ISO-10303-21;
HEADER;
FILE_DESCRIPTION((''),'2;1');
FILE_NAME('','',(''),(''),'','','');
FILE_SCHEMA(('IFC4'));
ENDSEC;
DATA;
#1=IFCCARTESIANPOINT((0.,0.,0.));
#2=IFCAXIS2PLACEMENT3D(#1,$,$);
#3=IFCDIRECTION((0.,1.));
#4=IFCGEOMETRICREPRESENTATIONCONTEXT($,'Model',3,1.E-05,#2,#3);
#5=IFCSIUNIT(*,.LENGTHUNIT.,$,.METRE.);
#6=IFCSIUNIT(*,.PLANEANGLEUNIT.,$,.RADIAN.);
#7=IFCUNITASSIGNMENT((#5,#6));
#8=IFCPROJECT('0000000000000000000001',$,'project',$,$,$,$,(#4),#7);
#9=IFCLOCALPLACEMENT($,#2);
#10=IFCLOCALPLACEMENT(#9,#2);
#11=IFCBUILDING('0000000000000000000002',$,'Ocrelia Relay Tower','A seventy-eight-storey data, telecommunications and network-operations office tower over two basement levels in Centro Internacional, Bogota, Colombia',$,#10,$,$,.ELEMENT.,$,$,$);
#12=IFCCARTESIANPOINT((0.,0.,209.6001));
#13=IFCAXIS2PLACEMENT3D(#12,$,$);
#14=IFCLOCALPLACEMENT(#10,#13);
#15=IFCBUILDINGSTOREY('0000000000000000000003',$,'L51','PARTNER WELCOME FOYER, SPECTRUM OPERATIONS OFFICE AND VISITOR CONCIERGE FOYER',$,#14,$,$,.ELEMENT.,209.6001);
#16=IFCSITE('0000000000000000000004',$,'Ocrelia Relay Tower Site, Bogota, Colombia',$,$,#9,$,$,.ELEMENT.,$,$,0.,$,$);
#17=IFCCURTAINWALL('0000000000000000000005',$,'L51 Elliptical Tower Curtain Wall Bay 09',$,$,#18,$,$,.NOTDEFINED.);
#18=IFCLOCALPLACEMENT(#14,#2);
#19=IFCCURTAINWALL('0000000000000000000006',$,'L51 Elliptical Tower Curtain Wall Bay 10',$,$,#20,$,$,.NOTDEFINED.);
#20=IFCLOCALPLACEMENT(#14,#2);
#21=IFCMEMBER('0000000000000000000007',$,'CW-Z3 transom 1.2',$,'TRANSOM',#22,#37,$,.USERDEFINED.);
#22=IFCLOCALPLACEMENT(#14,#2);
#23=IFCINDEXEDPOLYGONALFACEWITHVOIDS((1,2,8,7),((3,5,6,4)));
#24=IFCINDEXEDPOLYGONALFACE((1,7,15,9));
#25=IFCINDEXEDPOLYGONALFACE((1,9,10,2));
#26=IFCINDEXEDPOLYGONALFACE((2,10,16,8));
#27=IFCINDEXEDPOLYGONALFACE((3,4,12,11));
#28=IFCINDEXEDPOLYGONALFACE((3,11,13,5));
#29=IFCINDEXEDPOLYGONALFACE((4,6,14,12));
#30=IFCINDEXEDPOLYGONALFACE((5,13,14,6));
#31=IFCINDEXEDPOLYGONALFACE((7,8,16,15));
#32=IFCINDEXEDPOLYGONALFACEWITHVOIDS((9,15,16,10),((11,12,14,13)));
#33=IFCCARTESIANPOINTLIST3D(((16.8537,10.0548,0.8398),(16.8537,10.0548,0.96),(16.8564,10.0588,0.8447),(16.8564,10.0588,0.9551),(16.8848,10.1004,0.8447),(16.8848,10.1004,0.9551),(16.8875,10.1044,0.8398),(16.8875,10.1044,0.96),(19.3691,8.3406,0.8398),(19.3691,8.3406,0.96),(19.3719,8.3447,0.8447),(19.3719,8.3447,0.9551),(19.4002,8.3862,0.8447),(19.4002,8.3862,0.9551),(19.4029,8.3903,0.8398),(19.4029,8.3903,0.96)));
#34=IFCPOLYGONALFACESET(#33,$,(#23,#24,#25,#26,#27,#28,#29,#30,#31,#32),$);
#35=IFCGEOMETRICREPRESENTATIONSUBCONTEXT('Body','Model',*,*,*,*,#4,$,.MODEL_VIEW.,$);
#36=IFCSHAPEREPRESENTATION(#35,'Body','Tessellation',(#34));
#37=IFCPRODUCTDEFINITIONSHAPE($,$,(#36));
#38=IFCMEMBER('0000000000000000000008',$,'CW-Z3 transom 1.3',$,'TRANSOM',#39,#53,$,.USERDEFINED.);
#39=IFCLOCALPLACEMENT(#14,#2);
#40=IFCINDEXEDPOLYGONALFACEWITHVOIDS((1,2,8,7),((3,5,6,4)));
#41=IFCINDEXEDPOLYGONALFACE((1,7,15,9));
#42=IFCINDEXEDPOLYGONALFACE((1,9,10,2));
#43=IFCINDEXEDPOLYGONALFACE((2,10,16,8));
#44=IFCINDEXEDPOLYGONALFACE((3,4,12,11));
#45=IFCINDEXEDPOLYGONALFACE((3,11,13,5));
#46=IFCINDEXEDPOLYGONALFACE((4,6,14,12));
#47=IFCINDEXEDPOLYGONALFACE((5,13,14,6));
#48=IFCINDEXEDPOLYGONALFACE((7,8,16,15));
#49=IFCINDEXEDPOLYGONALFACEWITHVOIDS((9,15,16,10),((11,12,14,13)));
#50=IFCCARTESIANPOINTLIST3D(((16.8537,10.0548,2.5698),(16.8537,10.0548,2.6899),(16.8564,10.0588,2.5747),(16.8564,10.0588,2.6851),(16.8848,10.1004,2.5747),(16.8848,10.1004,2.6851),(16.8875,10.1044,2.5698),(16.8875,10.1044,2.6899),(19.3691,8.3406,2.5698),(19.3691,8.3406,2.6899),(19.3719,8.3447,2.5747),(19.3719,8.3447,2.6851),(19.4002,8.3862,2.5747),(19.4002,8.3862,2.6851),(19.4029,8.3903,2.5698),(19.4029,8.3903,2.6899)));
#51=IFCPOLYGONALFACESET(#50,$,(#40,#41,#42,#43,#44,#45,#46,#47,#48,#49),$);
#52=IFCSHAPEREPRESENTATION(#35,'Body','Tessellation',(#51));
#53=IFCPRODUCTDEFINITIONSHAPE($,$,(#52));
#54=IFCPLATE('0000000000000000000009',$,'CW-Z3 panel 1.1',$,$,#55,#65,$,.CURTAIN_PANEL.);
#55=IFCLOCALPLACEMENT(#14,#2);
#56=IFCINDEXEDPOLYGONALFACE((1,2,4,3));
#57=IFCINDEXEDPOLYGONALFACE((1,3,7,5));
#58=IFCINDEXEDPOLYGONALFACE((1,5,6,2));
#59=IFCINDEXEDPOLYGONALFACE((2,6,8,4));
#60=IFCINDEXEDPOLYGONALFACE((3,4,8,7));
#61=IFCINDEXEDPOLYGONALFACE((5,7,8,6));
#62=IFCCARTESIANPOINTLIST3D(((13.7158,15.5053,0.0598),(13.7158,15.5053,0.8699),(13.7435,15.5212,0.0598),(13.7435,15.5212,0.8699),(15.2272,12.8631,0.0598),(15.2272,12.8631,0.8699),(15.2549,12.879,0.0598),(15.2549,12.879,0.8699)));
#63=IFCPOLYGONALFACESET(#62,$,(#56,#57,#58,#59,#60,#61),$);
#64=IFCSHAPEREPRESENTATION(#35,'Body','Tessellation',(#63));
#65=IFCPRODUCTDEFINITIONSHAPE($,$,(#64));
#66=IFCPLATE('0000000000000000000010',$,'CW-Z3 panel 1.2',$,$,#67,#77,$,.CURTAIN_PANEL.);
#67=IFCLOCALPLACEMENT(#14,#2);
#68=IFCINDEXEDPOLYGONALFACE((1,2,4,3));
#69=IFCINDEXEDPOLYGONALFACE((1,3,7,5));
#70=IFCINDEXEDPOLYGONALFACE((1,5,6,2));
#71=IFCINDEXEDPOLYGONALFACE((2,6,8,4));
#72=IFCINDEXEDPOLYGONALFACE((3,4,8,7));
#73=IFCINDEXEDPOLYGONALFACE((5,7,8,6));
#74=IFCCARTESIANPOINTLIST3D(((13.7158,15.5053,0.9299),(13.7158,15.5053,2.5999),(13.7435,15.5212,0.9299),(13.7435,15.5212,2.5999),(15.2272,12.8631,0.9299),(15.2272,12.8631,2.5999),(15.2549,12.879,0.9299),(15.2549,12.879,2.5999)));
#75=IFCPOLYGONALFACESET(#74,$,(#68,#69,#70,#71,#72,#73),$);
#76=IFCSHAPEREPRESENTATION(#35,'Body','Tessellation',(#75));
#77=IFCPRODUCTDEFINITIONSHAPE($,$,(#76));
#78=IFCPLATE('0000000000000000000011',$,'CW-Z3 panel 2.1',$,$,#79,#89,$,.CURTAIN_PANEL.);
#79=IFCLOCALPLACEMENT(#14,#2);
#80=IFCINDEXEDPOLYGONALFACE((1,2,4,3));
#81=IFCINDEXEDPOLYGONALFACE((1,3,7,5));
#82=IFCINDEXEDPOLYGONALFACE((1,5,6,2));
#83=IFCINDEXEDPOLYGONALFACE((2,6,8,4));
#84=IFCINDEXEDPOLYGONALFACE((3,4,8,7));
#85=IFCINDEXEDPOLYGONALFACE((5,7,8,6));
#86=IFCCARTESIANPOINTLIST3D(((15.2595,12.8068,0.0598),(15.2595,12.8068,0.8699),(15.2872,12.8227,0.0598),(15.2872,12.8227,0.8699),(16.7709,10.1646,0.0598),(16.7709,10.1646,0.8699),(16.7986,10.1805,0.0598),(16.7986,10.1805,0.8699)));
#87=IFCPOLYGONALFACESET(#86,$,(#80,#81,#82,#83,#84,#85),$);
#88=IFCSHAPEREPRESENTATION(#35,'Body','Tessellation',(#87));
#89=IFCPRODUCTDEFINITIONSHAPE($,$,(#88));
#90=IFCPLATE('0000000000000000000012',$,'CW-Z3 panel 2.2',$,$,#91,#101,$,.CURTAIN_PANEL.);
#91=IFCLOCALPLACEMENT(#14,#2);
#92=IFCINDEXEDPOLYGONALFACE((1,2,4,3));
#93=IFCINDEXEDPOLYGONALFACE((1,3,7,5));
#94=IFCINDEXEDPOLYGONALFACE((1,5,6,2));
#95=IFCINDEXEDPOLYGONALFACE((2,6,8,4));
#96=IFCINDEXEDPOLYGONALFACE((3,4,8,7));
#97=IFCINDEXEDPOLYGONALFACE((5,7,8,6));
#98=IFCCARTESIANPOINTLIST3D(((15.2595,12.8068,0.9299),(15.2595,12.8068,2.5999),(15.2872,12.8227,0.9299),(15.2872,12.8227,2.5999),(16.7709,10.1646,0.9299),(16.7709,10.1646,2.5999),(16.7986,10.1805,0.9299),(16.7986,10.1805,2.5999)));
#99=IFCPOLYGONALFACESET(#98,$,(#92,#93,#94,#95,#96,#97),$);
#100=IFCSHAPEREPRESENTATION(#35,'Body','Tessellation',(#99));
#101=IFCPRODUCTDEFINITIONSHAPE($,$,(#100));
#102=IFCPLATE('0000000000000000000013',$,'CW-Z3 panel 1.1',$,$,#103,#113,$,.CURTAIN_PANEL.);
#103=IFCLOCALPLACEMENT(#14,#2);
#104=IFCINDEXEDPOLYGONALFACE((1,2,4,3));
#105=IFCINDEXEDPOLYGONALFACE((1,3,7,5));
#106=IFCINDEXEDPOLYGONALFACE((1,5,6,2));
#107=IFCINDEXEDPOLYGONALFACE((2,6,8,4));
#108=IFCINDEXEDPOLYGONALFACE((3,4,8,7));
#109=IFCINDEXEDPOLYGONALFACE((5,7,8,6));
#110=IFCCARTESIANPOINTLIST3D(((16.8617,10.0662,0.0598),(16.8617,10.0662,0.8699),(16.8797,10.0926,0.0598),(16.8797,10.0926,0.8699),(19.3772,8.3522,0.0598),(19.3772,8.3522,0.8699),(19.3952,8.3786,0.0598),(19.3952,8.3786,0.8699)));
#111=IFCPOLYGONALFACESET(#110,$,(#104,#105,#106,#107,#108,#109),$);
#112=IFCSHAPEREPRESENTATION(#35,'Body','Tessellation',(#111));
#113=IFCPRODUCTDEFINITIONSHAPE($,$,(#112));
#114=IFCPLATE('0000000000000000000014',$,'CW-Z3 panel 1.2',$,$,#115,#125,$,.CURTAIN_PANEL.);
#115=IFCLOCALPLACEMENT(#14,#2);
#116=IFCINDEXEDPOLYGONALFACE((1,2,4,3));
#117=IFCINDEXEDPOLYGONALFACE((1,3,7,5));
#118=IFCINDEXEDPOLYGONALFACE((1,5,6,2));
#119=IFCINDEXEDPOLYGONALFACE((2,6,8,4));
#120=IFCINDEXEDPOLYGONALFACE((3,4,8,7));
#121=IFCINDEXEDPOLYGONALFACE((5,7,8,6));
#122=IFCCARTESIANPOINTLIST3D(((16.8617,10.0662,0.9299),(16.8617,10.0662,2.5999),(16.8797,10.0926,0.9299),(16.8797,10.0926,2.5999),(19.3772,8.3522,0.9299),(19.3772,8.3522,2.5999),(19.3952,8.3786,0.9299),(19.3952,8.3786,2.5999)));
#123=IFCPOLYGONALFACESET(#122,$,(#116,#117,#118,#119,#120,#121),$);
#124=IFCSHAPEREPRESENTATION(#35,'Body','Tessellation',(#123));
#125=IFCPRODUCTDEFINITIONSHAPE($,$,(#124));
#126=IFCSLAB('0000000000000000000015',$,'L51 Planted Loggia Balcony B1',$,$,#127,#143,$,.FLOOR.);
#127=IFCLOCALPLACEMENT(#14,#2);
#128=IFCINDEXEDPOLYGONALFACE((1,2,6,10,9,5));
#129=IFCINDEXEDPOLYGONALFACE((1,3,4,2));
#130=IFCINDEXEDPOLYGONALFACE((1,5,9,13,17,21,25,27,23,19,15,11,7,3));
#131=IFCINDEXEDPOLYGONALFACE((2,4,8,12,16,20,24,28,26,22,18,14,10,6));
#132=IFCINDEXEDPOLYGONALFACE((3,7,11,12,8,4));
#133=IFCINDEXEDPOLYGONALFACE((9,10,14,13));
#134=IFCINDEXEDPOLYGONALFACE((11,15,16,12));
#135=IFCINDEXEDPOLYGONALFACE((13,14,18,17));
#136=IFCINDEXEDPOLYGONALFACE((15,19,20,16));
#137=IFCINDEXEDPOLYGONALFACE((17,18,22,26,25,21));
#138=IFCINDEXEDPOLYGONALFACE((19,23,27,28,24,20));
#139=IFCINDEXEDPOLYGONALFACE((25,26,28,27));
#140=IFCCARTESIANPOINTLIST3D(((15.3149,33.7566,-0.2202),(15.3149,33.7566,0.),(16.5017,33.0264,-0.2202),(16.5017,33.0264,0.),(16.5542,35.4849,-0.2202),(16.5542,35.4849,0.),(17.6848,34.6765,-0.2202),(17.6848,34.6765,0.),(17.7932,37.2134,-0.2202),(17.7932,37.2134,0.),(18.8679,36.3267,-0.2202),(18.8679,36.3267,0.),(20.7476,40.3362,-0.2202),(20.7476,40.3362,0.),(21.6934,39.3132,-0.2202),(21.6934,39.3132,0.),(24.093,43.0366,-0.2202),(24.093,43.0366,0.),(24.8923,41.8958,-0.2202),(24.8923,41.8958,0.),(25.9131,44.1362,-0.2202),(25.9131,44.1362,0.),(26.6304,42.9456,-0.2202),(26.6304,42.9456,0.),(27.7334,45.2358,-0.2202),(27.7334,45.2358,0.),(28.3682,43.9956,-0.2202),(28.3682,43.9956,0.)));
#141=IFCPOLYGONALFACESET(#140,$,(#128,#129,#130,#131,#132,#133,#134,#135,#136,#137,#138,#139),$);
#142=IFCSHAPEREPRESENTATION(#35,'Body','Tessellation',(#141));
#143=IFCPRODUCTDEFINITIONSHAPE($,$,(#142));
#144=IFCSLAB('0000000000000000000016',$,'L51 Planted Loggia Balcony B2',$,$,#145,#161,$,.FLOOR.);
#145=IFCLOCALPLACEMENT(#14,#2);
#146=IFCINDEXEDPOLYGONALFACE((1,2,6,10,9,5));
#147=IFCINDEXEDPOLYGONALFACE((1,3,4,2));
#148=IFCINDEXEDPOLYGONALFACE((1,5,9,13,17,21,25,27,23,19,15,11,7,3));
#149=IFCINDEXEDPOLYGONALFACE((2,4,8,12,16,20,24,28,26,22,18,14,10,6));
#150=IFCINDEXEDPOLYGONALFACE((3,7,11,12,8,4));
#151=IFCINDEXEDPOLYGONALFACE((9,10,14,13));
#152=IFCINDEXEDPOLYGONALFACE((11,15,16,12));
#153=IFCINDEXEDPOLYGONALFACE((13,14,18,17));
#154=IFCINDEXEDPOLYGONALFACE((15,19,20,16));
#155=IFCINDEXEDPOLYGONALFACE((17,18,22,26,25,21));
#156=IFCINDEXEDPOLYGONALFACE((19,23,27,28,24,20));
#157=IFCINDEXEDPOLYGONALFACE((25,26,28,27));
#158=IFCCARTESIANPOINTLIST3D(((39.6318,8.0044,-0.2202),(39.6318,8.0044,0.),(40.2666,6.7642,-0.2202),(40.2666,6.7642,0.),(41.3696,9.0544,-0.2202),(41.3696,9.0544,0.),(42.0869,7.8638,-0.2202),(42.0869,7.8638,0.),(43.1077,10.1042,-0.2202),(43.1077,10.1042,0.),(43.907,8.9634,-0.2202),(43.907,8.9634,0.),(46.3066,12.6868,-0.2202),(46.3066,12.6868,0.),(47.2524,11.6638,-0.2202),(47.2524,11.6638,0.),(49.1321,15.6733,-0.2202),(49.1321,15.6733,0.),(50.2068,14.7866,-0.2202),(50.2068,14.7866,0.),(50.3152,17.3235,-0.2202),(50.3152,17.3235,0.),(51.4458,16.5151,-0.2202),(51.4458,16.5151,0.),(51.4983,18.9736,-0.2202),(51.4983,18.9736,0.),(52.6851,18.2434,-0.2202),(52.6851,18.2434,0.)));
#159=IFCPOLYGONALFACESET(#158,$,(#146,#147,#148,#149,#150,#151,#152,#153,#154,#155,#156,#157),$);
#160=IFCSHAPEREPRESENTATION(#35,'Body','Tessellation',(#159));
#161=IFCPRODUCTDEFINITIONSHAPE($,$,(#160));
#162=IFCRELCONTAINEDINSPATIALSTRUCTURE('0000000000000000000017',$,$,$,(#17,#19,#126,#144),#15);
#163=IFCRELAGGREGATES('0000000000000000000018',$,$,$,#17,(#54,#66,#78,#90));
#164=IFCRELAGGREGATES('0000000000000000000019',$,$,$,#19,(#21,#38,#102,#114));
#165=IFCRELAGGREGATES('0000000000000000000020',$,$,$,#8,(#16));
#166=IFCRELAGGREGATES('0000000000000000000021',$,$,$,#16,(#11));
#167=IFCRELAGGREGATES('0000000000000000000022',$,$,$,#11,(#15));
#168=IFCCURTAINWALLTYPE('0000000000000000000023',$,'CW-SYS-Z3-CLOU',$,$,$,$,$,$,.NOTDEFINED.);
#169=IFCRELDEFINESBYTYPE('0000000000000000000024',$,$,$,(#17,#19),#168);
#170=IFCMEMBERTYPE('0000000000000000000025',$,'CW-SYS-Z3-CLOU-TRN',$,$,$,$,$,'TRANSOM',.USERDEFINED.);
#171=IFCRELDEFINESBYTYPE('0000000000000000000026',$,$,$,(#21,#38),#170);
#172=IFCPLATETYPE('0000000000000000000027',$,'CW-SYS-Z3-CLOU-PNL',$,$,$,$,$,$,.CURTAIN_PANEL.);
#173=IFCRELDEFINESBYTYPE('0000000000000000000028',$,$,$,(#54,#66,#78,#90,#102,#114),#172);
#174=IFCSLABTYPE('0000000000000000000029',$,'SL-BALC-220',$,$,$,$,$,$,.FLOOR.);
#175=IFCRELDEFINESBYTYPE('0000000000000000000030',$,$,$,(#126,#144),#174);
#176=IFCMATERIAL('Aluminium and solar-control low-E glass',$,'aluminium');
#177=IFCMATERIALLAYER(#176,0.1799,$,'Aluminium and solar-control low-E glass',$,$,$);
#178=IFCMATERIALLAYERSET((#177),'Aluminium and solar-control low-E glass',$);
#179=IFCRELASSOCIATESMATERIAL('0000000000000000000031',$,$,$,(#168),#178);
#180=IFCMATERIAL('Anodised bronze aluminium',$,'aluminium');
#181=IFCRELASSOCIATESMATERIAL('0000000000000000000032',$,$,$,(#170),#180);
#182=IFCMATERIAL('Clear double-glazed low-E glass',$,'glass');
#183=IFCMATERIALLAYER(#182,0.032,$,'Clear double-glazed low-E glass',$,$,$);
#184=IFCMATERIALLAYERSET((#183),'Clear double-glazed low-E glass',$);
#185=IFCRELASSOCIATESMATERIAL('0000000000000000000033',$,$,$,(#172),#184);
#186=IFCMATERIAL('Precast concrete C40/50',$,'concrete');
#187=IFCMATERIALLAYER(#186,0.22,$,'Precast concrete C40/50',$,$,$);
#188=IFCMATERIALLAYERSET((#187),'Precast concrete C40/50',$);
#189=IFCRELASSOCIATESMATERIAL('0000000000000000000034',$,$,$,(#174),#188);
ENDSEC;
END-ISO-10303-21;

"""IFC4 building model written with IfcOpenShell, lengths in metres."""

from ifc_helpers import new_model, si_unit, direction, frame, origin, origin_2d, place, context, subcontext, project, spatial, polyline, rectangle, hollow_rectangle, outline, extrude, material, layer, layer_set, material_profile, profile_set, type_object, element, aggregate, save


model = new_model("IFC4")

# Units and contexts
model_context = context("Model", 3, precision=1e-05, world=origin(), true_north=direction((0.0, 1.0)))
body_context = subcontext(model_context, "Body", "Model", "MODEL_VIEW")
ifc_project = project(units=[si_unit("LENGTHUNIT", "METRE"), si_unit("PLANEANGLEUNIT", "RADIAN")], contexts=[model_context])

# Site, building, storey
site_placement = place(None, origin())
site = spatial("IfcSite", under=ifc_project, at=site_placement, Name="Ocrelia Relay Tower Site, Bogota, Colombia", CompositionType="ELEMENT", RefElevation=0.0)
building_placement = place(site_placement, origin())
building = spatial("IfcBuilding", under=site, at=building_placement, Name="Ocrelia Relay Tower", Description="A seventy-eight-storey data, telecommunications and network-operations office tower over two basement levels in Centro Internacional, Bogota, Colombia", CompositionType="ELEMENT")
storey_placement = place(building_placement, frame((0.0, 0.0, 209.6001)))
storey = spatial("IfcBuildingStorey", under=building, at=storey_placement, Name="L51", Description="PARTNER WELCOME FOYER, SPECTRUM OPERATIONS OFFICE AND VISITOR CONCIERGE FOYER", CompositionType="ELEMENT", Elevation=209.6001)

# Curtain wall
ifc_material_1 = material(Name="Aluminium and solar-control low-E glass", Category="aluminium")
ifc_layer_1 = layer(ifc_material_1, 0.1799, Name="Aluminium and solar-control low-E glass")
ifc_layer_set_1 = layer_set([ifc_layer_1], Name="Aluminium and solar-control low-E glass")
curtain_wall_type = type_object("IfcCurtainWallType", Name="CW-SYS-Z3-CLOU", PredefinedType="NOTDEFINED", material=ifc_layer_set_1)
curtain_wall_1_placement = place(storey_placement, origin())
curtain_wall_1 = element("IfcCurtainWall", 1, at=curtain_wall_1_placement, inside=storey, type_object=curtain_wall_type, Name="L51 Elliptical Tower Curtain Wall Bay 09", PredefinedType="NOTDEFINED")
ifc_material_2 = material(Name="Anodised bronze aluminium", Category="aluminium")

# Curtain wall
curtain_wall_2_placement = place(storey_placement, origin())
curtain_wall_2 = element("IfcCurtainWall", 2, at=curtain_wall_2_placement, inside=storey, type_object=curtain_wall_type, Name="L51 Elliptical Tower Curtain Wall Bay 10", PredefinedType="NOTDEFINED")

# Members
ifc_material_profile_1 = material_profile(ifc_material_2, hollow_rectangle(XDim=0.0601, YDim=0.1201, WallThickness=0.0049, at=origin_2d()), Name="CW-TRN-120x60")
ifc_profile_set_1 = profile_set([ifc_material_profile_1], Name="Anodised bronze aluminium")
member_type_1 = type_object("IfcMemberType", Name="CW-SYS-Z3-CLOU-TRN", ElementType="TRANSOM", PredefinedType="USERDEFINED", material=ifc_profile_set_1)
member_1_placement = place(storey_placement, frame((16.8706, 10.0796, 0.8999), z_axis=(0.826368, -0.56313, 0.0), x_axis=(0.56313, 0.826368, 0.0)))
member_1 = element("IfcMember", 3, at=member_1_placement, type_object=member_type_1, Name="CW-Z3 transom 1.2", ObjectType="TRANSOM", PredefinedType="USERDEFINED", context=body_context, shape_type="SweptSolid", body=[
    extrude(hollow_rectangle(XDim=0.0601, YDim=0.1201, WallThickness=0.0049, at=origin_2d()), origin(), (0.0, 0.0, 1.0), 3.0439),
])
member_2_placement = place(storey_placement, frame((16.8706, 10.0796, 2.6299), z_axis=(0.826368, -0.56313, 0.0), x_axis=(0.56313, 0.826368, 0.0)))
member_2 = element("IfcMember", 4, at=member_2_placement, type_object=member_type_1, Name="CW-Z3 transom 1.3", ObjectType="TRANSOM", PredefinedType="USERDEFINED", context=body_context, shape_type="SweptSolid", body=[
    extrude(hollow_rectangle(XDim=0.0601, YDim=0.1201, WallThickness=0.0049, at=origin_2d()), origin(), (0.0, 0.0, 1.0), 3.0439),
])

# Plates
ifc_material_3 = material(Name="Clear double-glazed low-E glass", Category="glass")
ifc_layer_2 = layer(ifc_material_3, 0.032, Name="Clear double-glazed low-E glass")
ifc_layer_set_2 = layer_set([ifc_layer_2], Name="Clear double-glazed low-E glass")
plate_type = type_object("IfcPlateType", Name="CW-SYS-Z3-CLOU-PNL", PredefinedType="CURTAIN_PANEL", material=ifc_layer_set_2)
plate_1_placement = place(storey_placement, frame((14.4854, 14.1921, 0.0598), z_axis=(0.0, 0.0, 1.0), x_axis=(0.496525, -0.868023, 0.0)))
plate_1 = element("IfcPlate", 5, at=plate_1_placement, type_object=plate_type, Name="CW-Z3 panel 1.1", PredefinedType="CURTAIN_PANEL", context=body_context, shape_type="SweptSolid", body=[
    extrude(rectangle(XDim=3.0439, YDim=0.032, at=origin_2d()), origin(), (0.0, 0.0, 1.0), 0.8101),
])
plate_2_placement = place(storey_placement, frame((14.4854, 14.1921, 0.9299), z_axis=(0.0, 0.0, 1.0), x_axis=(0.496525, -0.868023, 0.0)))
plate_2 = element("IfcPlate", 6, at=plate_2_placement, type_object=plate_type, Name="CW-Z3 panel 1.2", PredefinedType="CURTAIN_PANEL", context=body_context, shape_type="SweptSolid", body=[
    extrude(rectangle(XDim=3.0439, YDim=0.032, at=origin_2d()), origin(), (0.0, 0.0, 1.0), 1.6699),
])
plate_3_placement = place(storey_placement, frame((16.0291, 11.4937, 0.0598), z_axis=(0.0, 0.0, 1.0), x_axis=(0.496525, -0.868023, 0.0)))
plate_3 = element("IfcPlate", 7, at=plate_3_placement, type_object=plate_type, Name="CW-Z3 panel 2.1", PredefinedType="CURTAIN_PANEL", context=body_context, shape_type="SweptSolid", body=[
    extrude(rectangle(XDim=3.0439, YDim=0.032, at=origin_2d()), origin(), (0.0, 0.0, 1.0), 0.8101),
])
plate_4_placement = place(storey_placement, frame((16.0291, 11.4937, 0.9299), z_axis=(0.0, 0.0, 1.0), x_axis=(0.496525, -0.868023, 0.0)))
plate_4 = element("IfcPlate", 8, at=plate_4_placement, type_object=plate_type, Name="CW-Z3 panel 2.2", PredefinedType="CURTAIN_PANEL", context=body_context, shape_type="SweptSolid", body=[
    extrude(rectangle(XDim=3.0439, YDim=0.032, at=origin_2d()), origin(), (0.0, 0.0, 1.0), 1.6699),
])
aggregate(curtain_wall_1, [plate_1, plate_2, plate_3, plate_4])
plate_5_placement = place(storey_placement, frame((18.1284, 9.2224, 0.0598), z_axis=(0.0, 0.0, 1.0), x_axis=(0.82639, -0.563098, 0.0)))
plate_5 = element("IfcPlate", 9, at=plate_5_placement, type_object=plate_type, Name="CW-Z3 panel 1.1", PredefinedType="CURTAIN_PANEL", context=body_context, shape_type="SweptSolid", body=[
    extrude(rectangle(XDim=3.0439, YDim=0.032, at=origin_2d()), origin(), (0.0, 0.0, 1.0), 0.8101),
])
plate_6_placement = place(storey_placement, frame((18.1284, 9.2224, 0.9299), z_axis=(0.0, 0.0, 1.0), x_axis=(0.82639, -0.563098, 0.0)))
plate_6 = element("IfcPlate", 10, at=plate_6_placement, type_object=plate_type, Name="CW-Z3 panel 1.2", PredefinedType="CURTAIN_PANEL", context=body_context, shape_type="SweptSolid", body=[
    extrude(rectangle(XDim=3.0439, YDim=0.032, at=origin_2d()), origin(), (0.0, 0.0, 1.0), 1.6699),
])
aggregate(curtain_wall_2, [member_1, member_2, plate_5, plate_6])

# Slabs
ifc_material_4 = material(Name="Precast concrete C40/50", Category="concrete")
ifc_layer_3 = layer(ifc_material_4, 0.22, Name="Precast concrete C40/50")
ifc_layer_set_3 = layer_set([ifc_layer_3], Name="Precast concrete C40/50")
slab_type_1 = type_object("IfcSlabType", Name="SL-BALC-220", PredefinedType="FLOOR", material=ifc_layer_set_3)
slab_1_placement = place(storey_placement, frame((0.0, 0.0, -0.2202)))
element("IfcSlab", 11, at=slab_1_placement, inside=storey, type_object=slab_type_1, Name="L51 Planted Loggia Balcony B1", PredefinedType="FLOOR", context=body_context, shape_type="SweptSolid", body=[
    extrude(outline(polyline([(28.3682, 43.9956), (26.6304, 42.9456), (24.8923, 41.8958), (21.6934, 39.3132), (18.8679, 36.3267), (17.6848, 34.6765), (16.5017, 33.0264), (15.3149, 33.7566), (16.5542, 35.4849), (17.7932, 37.2134), (20.7476, 40.3362), (24.093, 43.0366), (25.9131, 44.1362), (27.7334, 45.2358), (28.3682, 43.9956)])), origin(), (0.0, 0.0, 1.0), 0.2202),
])
slab_2_placement = place(storey_placement, frame((0.0, 0.0, -0.2202)))
element("IfcSlab", 12, at=slab_2_placement, inside=storey, type_object=slab_type_1, Name="L51 Planted Loggia Balcony B2", PredefinedType="FLOOR", context=body_context, shape_type="SweptSolid", body=[
    extrude(outline(polyline([(39.6318, 8.0044), (41.3696, 9.0544), (43.1077, 10.1042), (46.3066, 12.6868), (49.1321, 15.6733), (50.3152, 17.3235), (51.4983, 18.9736), (52.6851, 18.2434), (51.4458, 16.5151), (50.2068, 14.7866), (47.2524, 11.6638), (43.907, 8.9634), (42.0869, 7.8638), (40.2666, 6.7642), (39.6318, 8.0044)])), origin(), (0.0, 0.0, 1.0), 0.2202),
])

save(model, "model.ifc")
